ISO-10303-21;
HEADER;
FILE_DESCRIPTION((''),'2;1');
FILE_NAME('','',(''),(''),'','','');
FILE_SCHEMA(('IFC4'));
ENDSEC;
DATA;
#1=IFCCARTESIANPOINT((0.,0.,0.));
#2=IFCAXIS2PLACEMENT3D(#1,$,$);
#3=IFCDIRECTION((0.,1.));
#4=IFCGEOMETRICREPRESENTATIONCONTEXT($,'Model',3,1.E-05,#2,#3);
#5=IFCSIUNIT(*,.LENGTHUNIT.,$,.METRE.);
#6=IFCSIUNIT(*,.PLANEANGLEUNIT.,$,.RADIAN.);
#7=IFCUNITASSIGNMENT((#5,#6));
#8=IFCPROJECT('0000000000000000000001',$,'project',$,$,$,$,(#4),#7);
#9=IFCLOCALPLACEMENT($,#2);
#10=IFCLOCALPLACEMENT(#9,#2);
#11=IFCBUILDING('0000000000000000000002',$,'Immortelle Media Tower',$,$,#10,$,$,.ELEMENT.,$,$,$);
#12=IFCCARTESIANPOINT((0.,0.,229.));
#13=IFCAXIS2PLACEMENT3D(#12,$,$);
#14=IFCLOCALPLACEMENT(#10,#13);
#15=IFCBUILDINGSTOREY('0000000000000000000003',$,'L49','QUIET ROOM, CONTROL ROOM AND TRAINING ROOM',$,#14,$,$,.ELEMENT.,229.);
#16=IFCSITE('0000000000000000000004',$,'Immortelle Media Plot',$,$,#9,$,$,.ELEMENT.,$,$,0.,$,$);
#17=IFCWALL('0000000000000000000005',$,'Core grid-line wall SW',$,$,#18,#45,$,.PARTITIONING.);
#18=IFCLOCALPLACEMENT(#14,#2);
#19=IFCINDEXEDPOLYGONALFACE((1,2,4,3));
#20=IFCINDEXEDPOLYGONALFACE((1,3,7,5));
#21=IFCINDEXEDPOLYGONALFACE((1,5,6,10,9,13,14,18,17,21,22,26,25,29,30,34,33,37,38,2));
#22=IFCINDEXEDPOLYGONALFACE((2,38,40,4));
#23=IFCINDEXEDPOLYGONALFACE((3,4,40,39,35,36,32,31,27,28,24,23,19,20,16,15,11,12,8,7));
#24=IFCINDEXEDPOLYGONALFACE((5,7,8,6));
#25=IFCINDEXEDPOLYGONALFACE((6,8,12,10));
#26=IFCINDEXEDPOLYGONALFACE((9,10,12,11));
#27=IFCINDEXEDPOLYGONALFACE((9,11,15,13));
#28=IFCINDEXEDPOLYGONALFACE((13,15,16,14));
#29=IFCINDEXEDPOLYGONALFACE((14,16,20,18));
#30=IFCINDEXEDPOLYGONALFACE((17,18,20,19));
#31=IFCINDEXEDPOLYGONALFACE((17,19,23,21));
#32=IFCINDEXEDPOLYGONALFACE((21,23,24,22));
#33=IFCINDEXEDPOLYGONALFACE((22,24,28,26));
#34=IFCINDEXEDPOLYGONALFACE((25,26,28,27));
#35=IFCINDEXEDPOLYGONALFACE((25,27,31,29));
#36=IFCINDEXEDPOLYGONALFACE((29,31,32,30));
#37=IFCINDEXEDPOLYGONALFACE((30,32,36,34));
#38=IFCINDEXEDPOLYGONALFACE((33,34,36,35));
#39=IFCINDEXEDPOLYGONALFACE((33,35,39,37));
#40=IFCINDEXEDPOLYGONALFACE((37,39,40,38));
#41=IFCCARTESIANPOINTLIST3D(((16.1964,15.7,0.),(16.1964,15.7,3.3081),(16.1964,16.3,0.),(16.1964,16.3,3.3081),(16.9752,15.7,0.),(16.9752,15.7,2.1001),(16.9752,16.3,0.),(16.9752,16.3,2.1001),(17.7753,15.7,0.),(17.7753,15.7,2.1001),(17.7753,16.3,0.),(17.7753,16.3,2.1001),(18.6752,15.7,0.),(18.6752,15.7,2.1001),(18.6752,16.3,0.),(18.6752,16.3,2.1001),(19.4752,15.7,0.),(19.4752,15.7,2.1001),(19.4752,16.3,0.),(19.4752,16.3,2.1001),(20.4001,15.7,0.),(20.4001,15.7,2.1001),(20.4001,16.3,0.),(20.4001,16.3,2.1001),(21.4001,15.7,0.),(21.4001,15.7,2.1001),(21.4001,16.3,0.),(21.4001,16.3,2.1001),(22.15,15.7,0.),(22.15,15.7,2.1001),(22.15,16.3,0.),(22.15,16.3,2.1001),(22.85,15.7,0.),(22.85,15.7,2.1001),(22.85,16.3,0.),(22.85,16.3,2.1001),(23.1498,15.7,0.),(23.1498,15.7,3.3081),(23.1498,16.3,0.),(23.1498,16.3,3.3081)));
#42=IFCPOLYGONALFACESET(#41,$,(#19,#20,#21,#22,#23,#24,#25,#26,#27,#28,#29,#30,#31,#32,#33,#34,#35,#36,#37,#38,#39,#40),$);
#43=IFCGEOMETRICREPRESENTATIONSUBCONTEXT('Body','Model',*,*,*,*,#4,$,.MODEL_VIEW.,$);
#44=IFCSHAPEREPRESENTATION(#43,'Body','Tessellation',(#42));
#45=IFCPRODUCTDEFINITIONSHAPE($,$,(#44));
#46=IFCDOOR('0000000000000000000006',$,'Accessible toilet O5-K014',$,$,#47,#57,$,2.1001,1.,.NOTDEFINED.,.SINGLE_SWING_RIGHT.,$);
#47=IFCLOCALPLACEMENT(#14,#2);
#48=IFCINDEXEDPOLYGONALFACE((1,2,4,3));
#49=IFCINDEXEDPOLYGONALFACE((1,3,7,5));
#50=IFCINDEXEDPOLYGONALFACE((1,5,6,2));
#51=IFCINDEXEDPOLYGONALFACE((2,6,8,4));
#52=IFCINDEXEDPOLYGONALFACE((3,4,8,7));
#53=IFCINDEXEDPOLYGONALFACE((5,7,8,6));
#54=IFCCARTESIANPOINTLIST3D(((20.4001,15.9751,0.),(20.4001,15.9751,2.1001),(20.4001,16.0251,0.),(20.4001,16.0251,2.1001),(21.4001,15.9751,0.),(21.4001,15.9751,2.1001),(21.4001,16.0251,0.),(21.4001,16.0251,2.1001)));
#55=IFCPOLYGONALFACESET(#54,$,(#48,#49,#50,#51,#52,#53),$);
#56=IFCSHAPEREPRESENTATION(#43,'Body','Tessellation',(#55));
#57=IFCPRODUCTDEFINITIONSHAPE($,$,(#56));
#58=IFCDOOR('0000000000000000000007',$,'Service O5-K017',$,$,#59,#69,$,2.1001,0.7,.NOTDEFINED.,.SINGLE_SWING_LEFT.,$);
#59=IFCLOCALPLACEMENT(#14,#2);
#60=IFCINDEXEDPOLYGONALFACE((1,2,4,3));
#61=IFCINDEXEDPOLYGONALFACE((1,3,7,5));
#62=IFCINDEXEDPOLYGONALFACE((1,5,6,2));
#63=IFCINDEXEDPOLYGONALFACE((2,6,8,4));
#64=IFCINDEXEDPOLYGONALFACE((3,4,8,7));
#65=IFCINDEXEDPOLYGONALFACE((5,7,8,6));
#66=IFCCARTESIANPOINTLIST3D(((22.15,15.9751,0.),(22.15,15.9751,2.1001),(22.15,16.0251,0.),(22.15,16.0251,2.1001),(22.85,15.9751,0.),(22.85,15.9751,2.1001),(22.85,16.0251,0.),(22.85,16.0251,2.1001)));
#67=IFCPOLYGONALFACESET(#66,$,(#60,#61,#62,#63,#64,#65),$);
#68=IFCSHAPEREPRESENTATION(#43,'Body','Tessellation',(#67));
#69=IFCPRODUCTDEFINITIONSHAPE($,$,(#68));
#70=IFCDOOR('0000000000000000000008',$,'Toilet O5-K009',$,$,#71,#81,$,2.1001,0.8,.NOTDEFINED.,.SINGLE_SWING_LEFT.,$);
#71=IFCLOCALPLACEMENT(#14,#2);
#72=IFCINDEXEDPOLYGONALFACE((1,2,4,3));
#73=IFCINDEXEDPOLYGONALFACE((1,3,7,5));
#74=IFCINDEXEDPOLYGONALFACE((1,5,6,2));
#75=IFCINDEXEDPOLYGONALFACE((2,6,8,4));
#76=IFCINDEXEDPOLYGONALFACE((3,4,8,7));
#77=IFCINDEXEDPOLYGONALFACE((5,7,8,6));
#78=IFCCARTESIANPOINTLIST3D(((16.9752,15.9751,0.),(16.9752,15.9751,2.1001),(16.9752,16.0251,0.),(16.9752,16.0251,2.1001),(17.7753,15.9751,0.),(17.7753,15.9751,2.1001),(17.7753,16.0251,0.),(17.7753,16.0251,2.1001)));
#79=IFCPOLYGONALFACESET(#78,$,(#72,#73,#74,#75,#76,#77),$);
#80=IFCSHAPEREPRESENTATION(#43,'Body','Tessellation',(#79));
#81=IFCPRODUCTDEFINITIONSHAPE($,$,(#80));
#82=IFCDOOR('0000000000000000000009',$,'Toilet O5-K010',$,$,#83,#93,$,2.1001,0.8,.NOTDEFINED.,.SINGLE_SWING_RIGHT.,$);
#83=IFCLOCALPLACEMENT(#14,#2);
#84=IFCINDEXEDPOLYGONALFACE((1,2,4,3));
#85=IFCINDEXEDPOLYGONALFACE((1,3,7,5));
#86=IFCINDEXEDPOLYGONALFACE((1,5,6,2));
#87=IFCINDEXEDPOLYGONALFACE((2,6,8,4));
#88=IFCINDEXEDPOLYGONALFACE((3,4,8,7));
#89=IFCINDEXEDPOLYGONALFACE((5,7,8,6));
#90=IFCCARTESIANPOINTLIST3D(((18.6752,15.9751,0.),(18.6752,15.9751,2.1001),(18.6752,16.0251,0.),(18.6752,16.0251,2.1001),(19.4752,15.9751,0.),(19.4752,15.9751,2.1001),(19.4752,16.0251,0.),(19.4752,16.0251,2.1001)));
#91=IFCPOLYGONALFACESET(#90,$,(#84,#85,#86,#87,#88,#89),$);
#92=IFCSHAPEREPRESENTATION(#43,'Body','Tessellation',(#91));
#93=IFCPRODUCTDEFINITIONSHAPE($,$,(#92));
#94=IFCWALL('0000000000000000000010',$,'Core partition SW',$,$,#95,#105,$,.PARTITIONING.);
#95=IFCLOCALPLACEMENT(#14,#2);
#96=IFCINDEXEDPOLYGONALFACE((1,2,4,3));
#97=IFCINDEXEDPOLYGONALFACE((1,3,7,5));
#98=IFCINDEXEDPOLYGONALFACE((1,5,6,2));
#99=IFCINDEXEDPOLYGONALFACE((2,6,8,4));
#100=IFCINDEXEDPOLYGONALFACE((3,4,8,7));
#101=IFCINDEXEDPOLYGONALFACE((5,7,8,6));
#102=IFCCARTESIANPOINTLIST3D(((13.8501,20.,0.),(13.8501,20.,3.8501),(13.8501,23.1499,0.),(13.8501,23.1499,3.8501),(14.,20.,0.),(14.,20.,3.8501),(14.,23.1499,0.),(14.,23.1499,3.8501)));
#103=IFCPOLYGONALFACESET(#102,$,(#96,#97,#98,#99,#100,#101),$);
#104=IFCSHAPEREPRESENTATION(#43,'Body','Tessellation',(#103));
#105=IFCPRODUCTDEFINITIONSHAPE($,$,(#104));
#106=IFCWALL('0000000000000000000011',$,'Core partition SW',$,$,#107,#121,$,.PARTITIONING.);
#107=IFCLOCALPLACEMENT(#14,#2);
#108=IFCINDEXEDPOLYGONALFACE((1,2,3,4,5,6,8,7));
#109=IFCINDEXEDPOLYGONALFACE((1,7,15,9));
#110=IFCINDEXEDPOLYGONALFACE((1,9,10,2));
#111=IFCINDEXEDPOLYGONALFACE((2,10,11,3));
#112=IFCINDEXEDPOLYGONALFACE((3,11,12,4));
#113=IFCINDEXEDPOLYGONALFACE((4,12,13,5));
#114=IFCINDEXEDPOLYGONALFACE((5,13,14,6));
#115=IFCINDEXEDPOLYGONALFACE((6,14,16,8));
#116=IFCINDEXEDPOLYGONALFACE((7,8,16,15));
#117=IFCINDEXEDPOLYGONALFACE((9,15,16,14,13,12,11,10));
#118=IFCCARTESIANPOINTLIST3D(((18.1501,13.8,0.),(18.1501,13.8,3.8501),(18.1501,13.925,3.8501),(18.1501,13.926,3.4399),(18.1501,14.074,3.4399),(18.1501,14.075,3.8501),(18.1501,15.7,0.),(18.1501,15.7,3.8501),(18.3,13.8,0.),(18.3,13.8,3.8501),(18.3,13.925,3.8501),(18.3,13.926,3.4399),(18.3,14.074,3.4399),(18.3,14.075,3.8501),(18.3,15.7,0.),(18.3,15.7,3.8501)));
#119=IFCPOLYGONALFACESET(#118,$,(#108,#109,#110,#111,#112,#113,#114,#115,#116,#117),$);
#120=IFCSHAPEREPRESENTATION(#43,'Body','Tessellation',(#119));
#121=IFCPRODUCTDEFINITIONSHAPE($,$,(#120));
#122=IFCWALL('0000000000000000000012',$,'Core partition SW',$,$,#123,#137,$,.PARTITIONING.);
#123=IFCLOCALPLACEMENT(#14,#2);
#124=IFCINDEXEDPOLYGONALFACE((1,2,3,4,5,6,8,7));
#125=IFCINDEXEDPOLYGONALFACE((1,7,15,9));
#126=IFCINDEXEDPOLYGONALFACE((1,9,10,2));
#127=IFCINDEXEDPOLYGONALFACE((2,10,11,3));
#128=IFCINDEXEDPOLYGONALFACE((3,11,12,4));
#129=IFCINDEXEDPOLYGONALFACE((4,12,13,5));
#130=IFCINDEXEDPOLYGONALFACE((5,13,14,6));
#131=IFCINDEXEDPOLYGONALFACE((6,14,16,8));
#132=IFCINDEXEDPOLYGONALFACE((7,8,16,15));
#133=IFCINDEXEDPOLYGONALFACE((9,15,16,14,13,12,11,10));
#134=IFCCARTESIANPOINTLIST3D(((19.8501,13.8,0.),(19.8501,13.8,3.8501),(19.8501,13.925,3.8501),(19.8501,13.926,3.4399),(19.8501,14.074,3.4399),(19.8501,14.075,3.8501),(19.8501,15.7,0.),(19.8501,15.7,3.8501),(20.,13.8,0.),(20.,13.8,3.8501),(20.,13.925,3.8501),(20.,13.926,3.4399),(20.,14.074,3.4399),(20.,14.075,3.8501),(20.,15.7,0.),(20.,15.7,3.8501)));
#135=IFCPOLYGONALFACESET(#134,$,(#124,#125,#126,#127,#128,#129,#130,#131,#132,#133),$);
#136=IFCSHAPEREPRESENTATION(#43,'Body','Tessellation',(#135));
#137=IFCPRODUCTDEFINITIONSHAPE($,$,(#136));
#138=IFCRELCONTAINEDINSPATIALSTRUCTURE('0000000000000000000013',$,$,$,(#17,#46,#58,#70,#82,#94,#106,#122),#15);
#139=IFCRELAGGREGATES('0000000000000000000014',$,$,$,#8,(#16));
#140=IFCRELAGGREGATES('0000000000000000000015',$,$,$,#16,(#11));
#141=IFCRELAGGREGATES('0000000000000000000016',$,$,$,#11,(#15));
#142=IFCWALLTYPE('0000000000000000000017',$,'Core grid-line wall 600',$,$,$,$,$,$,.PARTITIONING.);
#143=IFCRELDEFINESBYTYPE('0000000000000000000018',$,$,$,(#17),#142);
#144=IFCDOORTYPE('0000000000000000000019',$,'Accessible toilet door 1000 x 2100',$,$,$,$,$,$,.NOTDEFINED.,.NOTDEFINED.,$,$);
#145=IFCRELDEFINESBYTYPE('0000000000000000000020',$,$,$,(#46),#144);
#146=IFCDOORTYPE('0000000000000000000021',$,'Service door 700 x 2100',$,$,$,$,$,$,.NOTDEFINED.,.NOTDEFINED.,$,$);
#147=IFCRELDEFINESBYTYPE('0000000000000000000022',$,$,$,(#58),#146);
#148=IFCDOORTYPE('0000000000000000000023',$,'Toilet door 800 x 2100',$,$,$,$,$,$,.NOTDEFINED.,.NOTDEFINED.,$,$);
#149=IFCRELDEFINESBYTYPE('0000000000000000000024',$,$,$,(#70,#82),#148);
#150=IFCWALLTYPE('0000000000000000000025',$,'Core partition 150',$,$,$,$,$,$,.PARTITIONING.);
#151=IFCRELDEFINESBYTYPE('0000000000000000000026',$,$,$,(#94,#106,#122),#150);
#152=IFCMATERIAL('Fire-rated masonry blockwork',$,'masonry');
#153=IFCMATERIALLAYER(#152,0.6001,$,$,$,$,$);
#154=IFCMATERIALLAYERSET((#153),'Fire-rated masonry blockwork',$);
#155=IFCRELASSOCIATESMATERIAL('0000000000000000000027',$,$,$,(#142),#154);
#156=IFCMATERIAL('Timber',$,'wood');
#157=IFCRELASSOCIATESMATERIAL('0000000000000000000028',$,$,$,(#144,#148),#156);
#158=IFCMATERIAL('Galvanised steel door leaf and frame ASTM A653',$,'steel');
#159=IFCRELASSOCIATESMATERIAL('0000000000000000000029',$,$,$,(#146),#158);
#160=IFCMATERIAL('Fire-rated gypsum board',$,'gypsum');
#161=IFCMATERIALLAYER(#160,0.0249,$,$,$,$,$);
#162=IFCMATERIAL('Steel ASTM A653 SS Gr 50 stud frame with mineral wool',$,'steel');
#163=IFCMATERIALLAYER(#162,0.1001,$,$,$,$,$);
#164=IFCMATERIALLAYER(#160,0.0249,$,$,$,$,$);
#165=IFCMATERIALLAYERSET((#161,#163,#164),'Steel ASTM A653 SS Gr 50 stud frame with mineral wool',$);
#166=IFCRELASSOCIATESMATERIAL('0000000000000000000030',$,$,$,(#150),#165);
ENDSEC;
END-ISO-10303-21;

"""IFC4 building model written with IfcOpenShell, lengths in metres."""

from ifc_helpers import new_model, si_unit, direction, frame, frame_2d, origin, place, context, subcontext, project, spatial, polyline, rectangle, outline, extrude, material, layer, layer_set, type_object, element, fill, save


model = new_model("IFC4")

# Units and contexts
model_context = context("Model", 3, precision=1e-05, world=origin(), true_north=direction((0.0, 1.0)))
body_context = subcontext(model_context, "Body", "Model", "MODEL_VIEW")
ifc_project = project(units=[si_unit("LENGTHUNIT", "METRE"), si_unit("PLANEANGLEUNIT", "RADIAN")], contexts=[model_context])

# Site, building, storey
site_placement = place(None, origin())
site = spatial("IfcSite", under=ifc_project, at=site_placement, Name="Immortelle Media Plot", CompositionType="ELEMENT", RefElevation=0.0)
building_placement = place(site_placement, origin())
building = spatial("IfcBuilding", under=site, at=building_placement, Name="Immortelle Media Tower", CompositionType="ELEMENT")
storey_placement = place(building_placement, frame((0.0, 0.0, 229.0)))
storey = spatial("IfcBuildingStorey", under=building, at=storey_placement, Name="L49", Description="QUIET ROOM, CONTROL ROOM AND TRAINING ROOM", CompositionType="ELEMENT", Elevation=229.0)

# Wall, openings, doors
ifc_material_1 = material(Name="Fire-rated masonry blockwork", Category="masonry")
ifc_layer_1 = layer(ifc_material_1, 0.6001)
ifc_layer_set_1 = layer_set([ifc_layer_1], Name="Fire-rated masonry blockwork")
wall_type_1 = type_object("IfcWallType", Name="Core grid-line wall 600", PredefinedType="PARTITIONING", material=ifc_layer_set_1)
wall_1_placement = place(storey_placement, frame((16.1965, 16.0, 0.0), z_axis=(0.0, 0.0, 1.0), x_axis=(1.0, 0.0, 0.0)))
wall_1 = element("IfcWall", 1, at=wall_1_placement, inside=storey, type_object=wall_type_1, Name="Core grid-line wall SW", PredefinedType="PARTITIONING", context=body_context, shape_type="SweptSolid", body=[
    extrude(rectangle(XDim=6.9534, YDim=0.6001, at=frame_2d((3.4766, 0.0))), origin(), (0.0, 0.0, 1.0), 3.3081),
])
opening_1_placement = place(wall_1_placement, frame((1.5786, 0.0, 0.0), z_axis=(0.0, 0.0, 1.0), x_axis=(-1.0, 0.0, 0.0)))
opening_1 = element("IfcOpeningElement", 2, at=opening_1_placement, cuts=wall_1, PredefinedType="OPENING", context=body_context, shape_type="SweptSolid", body=[
    extrude(rectangle(XDim=0.8, YDim=2.1001, at=frame_2d((0.3999, 1.05))), frame((0.0, 0.3101, 0.0), z_axis=(0.0, -1.0, 0.0), x_axis=(1.0, 0.0, 0.0)), (0.0, 0.0, 1.0), 0.6201),
])
opening_2_placement = place(wall_1_placement, frame((3.2786, 0.0, 0.0), z_axis=(0.0, 0.0, 1.0), x_axis=(-1.0, 0.0, 0.0)))
opening_2 = element("IfcOpeningElement", 3, at=opening_2_placement, cuts=wall_1, PredefinedType="OPENING", context=body_context, shape_type="SweptSolid", body=[
    extrude(rectangle(XDim=0.8, YDim=2.1001, at=frame_2d((0.3999, 1.05))), frame((0.0, 0.3101, 0.0), z_axis=(0.0, -1.0, 0.0), x_axis=(1.0, 0.0, 0.0)), (0.0, 0.0, 1.0), 0.6201),
])
opening_3_placement = place(wall_1_placement, frame((5.2036, 0.0, 0.0), z_axis=(0.0, 0.0, 1.0), x_axis=(-1.0, 0.0, 0.0)))
opening_3 = element("IfcOpeningElement", 4, at=opening_3_placement, cuts=wall_1, PredefinedType="OPENING", context=body_context, shape_type="SweptSolid", body=[
    extrude(rectangle(XDim=1.0, YDim=2.1001, at=frame_2d((0.5, 1.05))), frame((0.0, 0.3101, 0.0), z_axis=(0.0, -1.0, 0.0), x_axis=(1.0, 0.0, 0.0)), (0.0, 0.0, 1.0), 0.6201),
])
opening_4_placement = place(wall_1_placement, frame((6.6536, 0.0, 0.0), z_axis=(0.0, 0.0, 1.0), x_axis=(-1.0, 0.0, 0.0)))
opening_4 = element("IfcOpeningElement", 5, at=opening_4_placement, cuts=wall_1, PredefinedType="OPENING", context=body_context, shape_type="SweptSolid", body=[
    extrude(rectangle(XDim=0.7, YDim=2.1001, at=frame_2d((0.3501, 1.05))), frame((0.0, 0.3101, 0.0), z_axis=(0.0, -1.0, 0.0), x_axis=(1.0, 0.0, 0.0)), (0.0, 0.0, 1.0), 0.6201),
])
ifc_material_2 = material(Name="Timber", Category="wood")
door_type_1 = type_object("IfcDoorType", Name="Accessible toilet door 1000 x 2100", OperationType="NOTDEFINED", PredefinedType="NOTDEFINED", material=ifc_material_2)
door_1_placement = place(opening_3_placement, origin())
door_1 = element("IfcDoor", 6, at=door_1_placement, inside=storey, type_object=door_type_1, Name="Accessible toilet O5-K014", OperationType="SINGLE_SWING_RIGHT", OverallHeight=2.1001, OverallWidth=1.0, PredefinedType="NOTDEFINED", context=body_context, shape_type="SweptSolid", body=[
    extrude(rectangle(XDim=1.0, YDim=2.1001, at=frame_2d((0.5, 1.05))), frame((0.0, 0.0249, 0.0), z_axis=(0.0, -1.0, 0.0), x_axis=(1.0, 0.0, 0.0)), (0.0, 0.0, 1.0), 0.05),
])
fill(opening_3, door_1)
ifc_material_3 = material(Name="Galvanised steel door leaf and frame ASTM A653", Category="steel")
door_type_2 = type_object("IfcDoorType", Name="Service door 700 x 2100", OperationType="NOTDEFINED", PredefinedType="NOTDEFINED", material=ifc_material_3)
door_2_placement = place(opening_4_placement, origin())
door_2 = element("IfcDoor", 7, at=door_2_placement, inside=storey, type_object=door_type_2, Name="Service O5-K017", OperationType="SINGLE_SWING_LEFT", OverallHeight=2.1001, OverallWidth=0.7, PredefinedType="NOTDEFINED", context=body_context, shape_type="SweptSolid", body=[
    extrude(rectangle(XDim=0.7, YDim=2.1001, at=frame_2d((0.3501, 1.05))), frame((0.0, 0.0249, 0.0), z_axis=(0.0, -1.0, 0.0), x_axis=(1.0, 0.0, 0.0)), (0.0, 0.0, 1.0), 0.05),
])
fill(opening_4, door_2)
door_type_3 = type_object("IfcDoorType", Name="Toilet door 800 x 2100", OperationType="NOTDEFINED", PredefinedType="NOTDEFINED", material=ifc_material_2)
door_3_placement = place(opening_1_placement, origin())
door_3 = element("IfcDoor", 8, at=door_3_placement, inside=storey, type_object=door_type_3, Name="Toilet O5-K009", OperationType="SINGLE_SWING_LEFT", OverallHeight=2.1001, OverallWidth=0.8, PredefinedType="NOTDEFINED", context=body_context, shape_type="SweptSolid", body=[
    extrude(rectangle(XDim=0.8, YDim=2.1001, at=frame_2d((0.3999, 1.05))), frame((0.0, 0.0249, 0.0), z_axis=(0.0, -1.0, 0.0), x_axis=(1.0, 0.0, 0.0)), (0.0, 0.0, 1.0), 0.05),
])
fill(opening_1, door_3)
door_4_placement = place(opening_2_placement, origin())
door_4 = element("IfcDoor", 9, at=door_4_placement, inside=storey, type_object=door_type_3, Name="Toilet O5-K010", OperationType="SINGLE_SWING_RIGHT", OverallHeight=2.1001, OverallWidth=0.8, PredefinedType="NOTDEFINED", context=body_context, shape_type="SweptSolid", body=[
    extrude(rectangle(XDim=0.8, YDim=2.1001, at=frame_2d((0.3999, 1.05))), frame((0.0, 0.0249, 0.0), z_axis=(0.0, -1.0, 0.0), x_axis=(1.0, 0.0, 0.0)), (0.0, 0.0, 1.0), 0.05),
])
fill(opening_2, door_4)

# Walls
ifc_material_4 = material(Name="Fire-rated gypsum board", Category="gypsum")
ifc_layer_2 = layer(ifc_material_4, 0.0249)
ifc_material_5 = material(Name="Steel ASTM A653 SS Gr 50 stud frame with mineral wool", Category="steel")
ifc_layer_3 = layer(ifc_material_5, 0.1001)
ifc_layer_4 = layer(ifc_material_4, 0.0249)
ifc_layer_set_2 = layer_set([ifc_layer_2, ifc_layer_3, ifc_layer_4], Name="Steel ASTM A653 SS Gr 50 stud frame with mineral wool")
wall_type_2 = type_object("IfcWallType", Name="Core partition 150", PredefinedType="PARTITIONING", material=ifc_layer_set_2)
wall_2_placement = place(storey_placement, frame((13.925, 20.0, 0.0), z_axis=(0.0, 0.0, 1.0), x_axis=(0.0, 1.0, 0.0)))
element("IfcWall", 10, at=wall_2_placement, inside=storey, type_object=wall_type_2, Name="Core partition SW", PredefinedType="PARTITIONING", context=body_context, shape_type="SweptSolid", body=[
    extrude(rectangle(XDim=3.1499, YDim=0.1499, at=frame_2d((1.575, 0.0))), origin(), (0.0, 0.0, 1.0), 3.8501),
])
for number, where, z_axis, x_axis, name in (
    (11, (18.2251, 13.8, 0.0), (0.0, 0.0, 1.0), (0.0, 1.0, 0.0), "Core partition SW"),
    (12, (19.925, 13.8, 0.0), (0.0, 0.0, 1.0), (0.0, 1.0, 0.0), "Core partition SW"),
):
    element("IfcWall", number, at=place(storey_placement, frame(where, z_axis=z_axis, x_axis=x_axis)), inside=storey, type_object=wall_type_2, Name=name, PredefinedType="PARTITIONING", context=body_context, shape_type="SweptSolid", body=[
        extrude(outline(polyline([(0.0, 0.0), (1.8999, 0.0), (1.8999, 3.8501), (0.2749, 3.8501), (0.2739, 3.4399), (0.126, 3.4399), (0.125, 3.8501), (0.0, 3.8501), (0.0, 0.0)])), frame((0.0, 0.075, 0.0), z_axis=(0.0, -1.0, 0.0), x_axis=(1.0, 0.0, 0.0)), (0.0, 0.0, 1.0), 0.1499),
    ])

save(model, "model.ifc")
